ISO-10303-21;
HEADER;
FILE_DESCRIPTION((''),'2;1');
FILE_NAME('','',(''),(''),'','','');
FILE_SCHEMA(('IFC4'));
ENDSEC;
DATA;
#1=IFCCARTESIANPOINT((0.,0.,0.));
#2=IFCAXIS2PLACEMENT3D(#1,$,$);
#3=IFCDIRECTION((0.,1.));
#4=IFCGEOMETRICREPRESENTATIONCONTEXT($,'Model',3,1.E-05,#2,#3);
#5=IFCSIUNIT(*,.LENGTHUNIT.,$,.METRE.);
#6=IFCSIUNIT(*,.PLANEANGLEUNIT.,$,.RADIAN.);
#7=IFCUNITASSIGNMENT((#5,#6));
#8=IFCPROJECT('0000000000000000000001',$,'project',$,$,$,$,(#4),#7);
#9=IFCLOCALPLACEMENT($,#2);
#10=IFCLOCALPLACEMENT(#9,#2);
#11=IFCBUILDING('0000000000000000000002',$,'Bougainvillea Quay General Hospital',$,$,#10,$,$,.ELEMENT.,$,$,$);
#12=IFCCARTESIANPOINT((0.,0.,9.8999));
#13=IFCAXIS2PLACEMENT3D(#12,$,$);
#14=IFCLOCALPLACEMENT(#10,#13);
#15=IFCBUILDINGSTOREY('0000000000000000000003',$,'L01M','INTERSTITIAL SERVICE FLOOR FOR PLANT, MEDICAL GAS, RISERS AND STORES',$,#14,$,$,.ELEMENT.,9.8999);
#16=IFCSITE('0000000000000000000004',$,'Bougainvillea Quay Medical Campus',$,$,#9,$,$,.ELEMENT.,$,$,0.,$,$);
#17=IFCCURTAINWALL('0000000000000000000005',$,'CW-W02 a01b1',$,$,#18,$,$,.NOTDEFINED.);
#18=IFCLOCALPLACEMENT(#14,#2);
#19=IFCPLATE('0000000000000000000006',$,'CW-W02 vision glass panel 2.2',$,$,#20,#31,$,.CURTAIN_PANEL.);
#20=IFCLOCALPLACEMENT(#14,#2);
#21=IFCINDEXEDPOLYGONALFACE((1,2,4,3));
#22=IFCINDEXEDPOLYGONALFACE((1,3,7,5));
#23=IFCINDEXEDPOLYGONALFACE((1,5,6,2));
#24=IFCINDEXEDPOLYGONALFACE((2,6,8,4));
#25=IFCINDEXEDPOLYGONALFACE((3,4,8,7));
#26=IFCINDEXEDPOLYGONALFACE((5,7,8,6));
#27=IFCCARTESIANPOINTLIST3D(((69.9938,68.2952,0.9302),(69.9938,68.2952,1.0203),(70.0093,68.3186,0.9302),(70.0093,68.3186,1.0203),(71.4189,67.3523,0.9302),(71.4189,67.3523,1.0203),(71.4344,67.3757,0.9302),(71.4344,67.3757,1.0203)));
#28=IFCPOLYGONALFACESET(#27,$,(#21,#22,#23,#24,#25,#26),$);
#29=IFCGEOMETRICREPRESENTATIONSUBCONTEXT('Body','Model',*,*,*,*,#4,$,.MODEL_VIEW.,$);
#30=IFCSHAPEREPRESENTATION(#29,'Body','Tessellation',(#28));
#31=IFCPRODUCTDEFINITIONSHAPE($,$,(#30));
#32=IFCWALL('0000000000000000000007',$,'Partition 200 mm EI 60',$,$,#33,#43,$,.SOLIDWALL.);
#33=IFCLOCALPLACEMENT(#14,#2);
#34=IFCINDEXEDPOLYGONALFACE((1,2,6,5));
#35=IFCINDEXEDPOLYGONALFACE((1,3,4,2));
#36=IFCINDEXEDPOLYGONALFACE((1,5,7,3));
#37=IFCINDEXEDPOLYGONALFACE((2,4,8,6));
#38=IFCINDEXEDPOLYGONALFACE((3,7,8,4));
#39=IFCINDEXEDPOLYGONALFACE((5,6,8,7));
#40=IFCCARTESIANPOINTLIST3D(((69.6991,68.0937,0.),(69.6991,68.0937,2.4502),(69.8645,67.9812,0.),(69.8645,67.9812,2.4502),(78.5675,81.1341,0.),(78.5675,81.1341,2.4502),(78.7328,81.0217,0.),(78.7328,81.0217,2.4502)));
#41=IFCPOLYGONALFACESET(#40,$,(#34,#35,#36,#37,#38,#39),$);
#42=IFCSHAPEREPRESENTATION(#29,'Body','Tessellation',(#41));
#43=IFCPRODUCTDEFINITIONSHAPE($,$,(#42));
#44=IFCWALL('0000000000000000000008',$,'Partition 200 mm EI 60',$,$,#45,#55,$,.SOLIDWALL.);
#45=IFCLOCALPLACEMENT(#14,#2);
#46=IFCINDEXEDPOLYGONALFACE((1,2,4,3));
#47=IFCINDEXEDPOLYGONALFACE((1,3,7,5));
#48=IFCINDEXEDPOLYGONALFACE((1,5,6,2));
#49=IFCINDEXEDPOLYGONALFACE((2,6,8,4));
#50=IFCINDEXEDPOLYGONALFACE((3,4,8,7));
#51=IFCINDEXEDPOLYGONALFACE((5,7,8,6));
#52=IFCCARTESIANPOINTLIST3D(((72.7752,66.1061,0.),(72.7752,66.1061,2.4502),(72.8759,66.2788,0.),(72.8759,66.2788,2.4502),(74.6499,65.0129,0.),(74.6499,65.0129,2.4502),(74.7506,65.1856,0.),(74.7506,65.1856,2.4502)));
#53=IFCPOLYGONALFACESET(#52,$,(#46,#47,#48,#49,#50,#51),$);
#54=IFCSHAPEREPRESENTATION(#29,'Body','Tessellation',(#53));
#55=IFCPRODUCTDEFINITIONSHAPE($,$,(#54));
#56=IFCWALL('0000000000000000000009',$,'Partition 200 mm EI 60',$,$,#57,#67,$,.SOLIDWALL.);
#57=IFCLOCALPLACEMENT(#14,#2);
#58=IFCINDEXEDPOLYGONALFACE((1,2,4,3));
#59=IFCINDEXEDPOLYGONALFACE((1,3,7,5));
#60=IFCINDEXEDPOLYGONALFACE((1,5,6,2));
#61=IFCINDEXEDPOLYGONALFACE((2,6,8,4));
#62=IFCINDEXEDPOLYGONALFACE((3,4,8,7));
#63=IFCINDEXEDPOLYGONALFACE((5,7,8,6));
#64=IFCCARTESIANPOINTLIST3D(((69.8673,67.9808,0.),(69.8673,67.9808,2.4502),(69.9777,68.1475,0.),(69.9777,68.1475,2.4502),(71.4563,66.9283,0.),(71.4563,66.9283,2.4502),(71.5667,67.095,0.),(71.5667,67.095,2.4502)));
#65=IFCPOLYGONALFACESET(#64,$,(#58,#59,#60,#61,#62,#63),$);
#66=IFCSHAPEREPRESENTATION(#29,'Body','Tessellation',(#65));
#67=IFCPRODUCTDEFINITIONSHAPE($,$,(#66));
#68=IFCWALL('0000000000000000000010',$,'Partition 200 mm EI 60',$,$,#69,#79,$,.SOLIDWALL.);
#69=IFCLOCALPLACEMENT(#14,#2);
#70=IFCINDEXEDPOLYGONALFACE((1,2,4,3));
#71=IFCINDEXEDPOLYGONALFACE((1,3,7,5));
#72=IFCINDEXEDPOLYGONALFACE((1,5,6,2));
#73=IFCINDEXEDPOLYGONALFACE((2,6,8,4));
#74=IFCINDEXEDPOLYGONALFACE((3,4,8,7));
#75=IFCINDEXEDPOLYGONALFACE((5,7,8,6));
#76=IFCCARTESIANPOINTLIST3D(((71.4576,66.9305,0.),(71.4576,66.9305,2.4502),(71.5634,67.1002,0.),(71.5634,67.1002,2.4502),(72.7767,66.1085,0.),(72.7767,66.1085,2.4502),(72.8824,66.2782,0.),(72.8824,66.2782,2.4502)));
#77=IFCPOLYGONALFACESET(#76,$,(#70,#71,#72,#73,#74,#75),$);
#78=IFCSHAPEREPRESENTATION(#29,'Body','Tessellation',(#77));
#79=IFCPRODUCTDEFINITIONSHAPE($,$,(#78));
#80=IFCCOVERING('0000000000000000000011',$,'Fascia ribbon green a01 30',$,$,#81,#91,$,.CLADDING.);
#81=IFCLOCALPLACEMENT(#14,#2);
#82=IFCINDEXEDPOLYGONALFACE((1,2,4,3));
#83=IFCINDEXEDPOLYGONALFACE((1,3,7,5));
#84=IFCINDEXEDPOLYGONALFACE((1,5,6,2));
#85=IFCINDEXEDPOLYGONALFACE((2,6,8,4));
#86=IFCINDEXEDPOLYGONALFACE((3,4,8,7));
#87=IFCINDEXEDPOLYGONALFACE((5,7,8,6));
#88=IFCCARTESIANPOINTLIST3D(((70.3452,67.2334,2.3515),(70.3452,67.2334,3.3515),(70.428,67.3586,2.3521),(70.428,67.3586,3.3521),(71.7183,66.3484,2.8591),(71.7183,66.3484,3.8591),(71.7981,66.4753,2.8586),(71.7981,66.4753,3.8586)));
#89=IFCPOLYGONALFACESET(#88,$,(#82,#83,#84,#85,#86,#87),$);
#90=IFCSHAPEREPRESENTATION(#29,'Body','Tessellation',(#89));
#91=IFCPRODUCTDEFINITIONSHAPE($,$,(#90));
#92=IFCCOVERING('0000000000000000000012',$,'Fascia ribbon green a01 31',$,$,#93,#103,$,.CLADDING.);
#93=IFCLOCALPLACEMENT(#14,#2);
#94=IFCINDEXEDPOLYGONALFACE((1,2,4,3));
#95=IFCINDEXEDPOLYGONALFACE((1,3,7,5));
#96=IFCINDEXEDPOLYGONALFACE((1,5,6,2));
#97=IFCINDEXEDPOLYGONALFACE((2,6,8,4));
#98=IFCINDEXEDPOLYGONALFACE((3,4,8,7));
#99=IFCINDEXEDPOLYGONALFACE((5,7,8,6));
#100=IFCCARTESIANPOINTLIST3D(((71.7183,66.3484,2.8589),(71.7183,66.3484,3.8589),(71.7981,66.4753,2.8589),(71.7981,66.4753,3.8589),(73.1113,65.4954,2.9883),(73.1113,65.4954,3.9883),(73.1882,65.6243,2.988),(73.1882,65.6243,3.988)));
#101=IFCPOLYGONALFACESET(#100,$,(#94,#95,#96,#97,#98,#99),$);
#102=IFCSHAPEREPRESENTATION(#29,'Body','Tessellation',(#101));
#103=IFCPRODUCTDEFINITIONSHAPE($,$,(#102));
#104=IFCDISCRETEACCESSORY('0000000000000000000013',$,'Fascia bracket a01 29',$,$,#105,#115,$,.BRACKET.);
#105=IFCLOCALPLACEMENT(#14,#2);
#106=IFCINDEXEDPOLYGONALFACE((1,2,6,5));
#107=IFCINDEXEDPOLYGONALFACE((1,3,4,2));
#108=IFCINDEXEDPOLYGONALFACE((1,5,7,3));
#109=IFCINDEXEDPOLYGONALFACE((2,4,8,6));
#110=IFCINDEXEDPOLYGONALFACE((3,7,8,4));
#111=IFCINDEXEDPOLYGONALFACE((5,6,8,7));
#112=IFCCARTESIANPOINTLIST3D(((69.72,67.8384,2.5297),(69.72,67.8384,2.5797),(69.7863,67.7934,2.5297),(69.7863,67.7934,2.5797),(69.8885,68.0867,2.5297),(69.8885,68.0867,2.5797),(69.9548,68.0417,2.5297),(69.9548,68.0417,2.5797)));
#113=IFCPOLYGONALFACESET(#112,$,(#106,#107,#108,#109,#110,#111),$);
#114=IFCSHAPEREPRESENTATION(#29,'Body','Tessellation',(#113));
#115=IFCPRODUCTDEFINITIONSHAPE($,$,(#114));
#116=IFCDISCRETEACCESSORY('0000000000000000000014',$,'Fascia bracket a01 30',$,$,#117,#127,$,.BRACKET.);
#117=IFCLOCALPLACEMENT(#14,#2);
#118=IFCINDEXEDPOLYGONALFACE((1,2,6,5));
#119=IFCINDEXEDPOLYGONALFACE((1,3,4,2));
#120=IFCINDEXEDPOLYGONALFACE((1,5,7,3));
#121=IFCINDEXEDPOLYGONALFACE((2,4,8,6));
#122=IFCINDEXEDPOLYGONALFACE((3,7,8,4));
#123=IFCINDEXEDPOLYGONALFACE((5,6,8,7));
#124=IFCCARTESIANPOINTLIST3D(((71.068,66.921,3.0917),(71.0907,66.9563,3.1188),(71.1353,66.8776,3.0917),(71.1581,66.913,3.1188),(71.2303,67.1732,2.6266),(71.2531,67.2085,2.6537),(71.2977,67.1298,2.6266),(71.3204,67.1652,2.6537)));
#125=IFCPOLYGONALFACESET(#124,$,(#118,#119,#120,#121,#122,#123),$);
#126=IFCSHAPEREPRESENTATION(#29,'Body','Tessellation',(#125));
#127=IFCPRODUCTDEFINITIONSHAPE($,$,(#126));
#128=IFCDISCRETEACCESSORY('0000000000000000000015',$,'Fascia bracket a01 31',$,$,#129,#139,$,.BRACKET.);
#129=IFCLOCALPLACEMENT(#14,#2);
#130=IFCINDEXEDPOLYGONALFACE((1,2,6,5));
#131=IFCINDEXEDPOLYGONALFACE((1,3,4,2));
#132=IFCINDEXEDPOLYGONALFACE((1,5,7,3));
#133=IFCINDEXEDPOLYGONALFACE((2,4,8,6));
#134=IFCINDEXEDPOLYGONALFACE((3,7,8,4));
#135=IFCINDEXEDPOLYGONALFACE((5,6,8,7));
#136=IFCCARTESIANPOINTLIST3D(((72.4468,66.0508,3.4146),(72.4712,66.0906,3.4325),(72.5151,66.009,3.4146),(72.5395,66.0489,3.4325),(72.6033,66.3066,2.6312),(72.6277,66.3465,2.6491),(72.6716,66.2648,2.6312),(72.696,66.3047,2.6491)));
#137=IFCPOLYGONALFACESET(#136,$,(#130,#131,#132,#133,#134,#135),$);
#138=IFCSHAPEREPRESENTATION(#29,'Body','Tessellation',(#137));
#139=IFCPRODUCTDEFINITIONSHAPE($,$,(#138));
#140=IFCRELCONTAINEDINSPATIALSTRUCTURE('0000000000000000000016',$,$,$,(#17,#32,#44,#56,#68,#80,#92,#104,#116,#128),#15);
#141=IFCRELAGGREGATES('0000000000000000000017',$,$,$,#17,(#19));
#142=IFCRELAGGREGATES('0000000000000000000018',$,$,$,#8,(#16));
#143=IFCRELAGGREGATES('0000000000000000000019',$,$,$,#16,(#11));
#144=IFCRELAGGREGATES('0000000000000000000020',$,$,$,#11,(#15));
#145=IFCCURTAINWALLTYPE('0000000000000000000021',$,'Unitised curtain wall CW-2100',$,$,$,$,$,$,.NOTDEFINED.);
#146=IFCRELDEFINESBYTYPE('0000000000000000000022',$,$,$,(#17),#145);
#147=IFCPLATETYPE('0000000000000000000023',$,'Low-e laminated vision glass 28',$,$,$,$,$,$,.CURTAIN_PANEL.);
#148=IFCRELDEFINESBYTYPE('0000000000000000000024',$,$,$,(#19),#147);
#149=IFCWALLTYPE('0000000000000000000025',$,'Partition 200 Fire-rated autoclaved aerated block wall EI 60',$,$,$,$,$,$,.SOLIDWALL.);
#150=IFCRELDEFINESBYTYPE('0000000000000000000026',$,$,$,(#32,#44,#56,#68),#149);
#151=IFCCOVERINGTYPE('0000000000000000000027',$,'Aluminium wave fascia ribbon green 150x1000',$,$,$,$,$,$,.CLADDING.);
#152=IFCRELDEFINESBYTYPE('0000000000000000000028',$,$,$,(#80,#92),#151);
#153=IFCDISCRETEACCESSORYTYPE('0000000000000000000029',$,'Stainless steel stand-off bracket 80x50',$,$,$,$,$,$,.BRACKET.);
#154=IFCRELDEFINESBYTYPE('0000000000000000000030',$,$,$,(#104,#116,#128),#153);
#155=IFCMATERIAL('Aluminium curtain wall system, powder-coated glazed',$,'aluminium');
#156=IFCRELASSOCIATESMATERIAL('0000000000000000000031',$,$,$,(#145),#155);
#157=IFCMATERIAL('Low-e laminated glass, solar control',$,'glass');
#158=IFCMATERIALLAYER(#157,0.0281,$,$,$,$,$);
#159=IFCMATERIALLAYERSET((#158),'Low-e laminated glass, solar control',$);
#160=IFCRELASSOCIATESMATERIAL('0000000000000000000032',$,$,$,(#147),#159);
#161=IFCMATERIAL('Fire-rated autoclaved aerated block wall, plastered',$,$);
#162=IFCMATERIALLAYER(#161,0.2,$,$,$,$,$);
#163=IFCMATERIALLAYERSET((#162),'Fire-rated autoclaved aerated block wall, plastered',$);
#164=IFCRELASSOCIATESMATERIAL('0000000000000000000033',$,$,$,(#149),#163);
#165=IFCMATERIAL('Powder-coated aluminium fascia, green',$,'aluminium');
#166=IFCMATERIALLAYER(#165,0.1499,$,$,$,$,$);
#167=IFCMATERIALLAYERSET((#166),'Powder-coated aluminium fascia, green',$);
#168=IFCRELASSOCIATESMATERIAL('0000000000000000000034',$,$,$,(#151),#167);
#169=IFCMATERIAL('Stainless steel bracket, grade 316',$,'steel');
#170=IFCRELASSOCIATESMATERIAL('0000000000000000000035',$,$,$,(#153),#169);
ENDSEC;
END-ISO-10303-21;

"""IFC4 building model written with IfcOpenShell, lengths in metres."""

from ifc_helpers import new_model, si_unit, direction, frame, frame_2d, origin, origin_2d, place, context, subcontext, project, spatial, polyline, rectangle, outline, extrude, material, layer, layer_set, material_profile, profile_set, type_object, element, aggregate, save


model = new_model("IFC4")

# Units and contexts
model_context = context("Model", 3, precision=1e-05, world=origin(), true_north=direction((0.0, 1.0)))
body_context = subcontext(model_context, "Body", "Model", "MODEL_VIEW")
ifc_project = project(units=[si_unit("LENGTHUNIT", "METRE"), si_unit("PLANEANGLEUNIT", "RADIAN")], contexts=[model_context])

# Site, building, storey
site_placement = place(None, origin())
site = spatial("IfcSite", under=ifc_project, at=site_placement, Name="Bougainvillea Quay Medical Campus", CompositionType="ELEMENT", RefElevation=0.0)
building_placement = place(site_placement, origin())
building = spatial("IfcBuilding", under=site, at=building_placement, Name="Bougainvillea Quay General Hospital", CompositionType="ELEMENT")
storey_placement = place(building_placement, frame((0.0, 0.0, 9.8999)))
storey = spatial("IfcBuildingStorey", under=building, at=storey_placement, Name="L01M", Description="INTERSTITIAL SERVICE FLOOR FOR PLANT, MEDICAL GAS, RISERS AND STORES", CompositionType="ELEMENT", Elevation=9.8999)

# Curtain wall, plate
ifc_material_1 = material(Name="Aluminium curtain wall system, powder-coated glazed", Category="aluminium")
curtain_wall_type = type_object("IfcCurtainWallType", Name="Unitised curtain wall CW-2100", PredefinedType="NOTDEFINED", material=ifc_material_1)
curtain_wall_placement = place(storey_placement, origin())
curtain_wall = element("IfcCurtainWall", 1, at=curtain_wall_placement, inside=storey, type_object=curtain_wall_type, Name="CW-W02 a01b1", PredefinedType="NOTDEFINED")
ifc_material_2 = material(Name="Low-e laminated glass, solar control", Category="glass")
ifc_layer_1 = layer(ifc_material_2, 0.0281)
ifc_layer_set_1 = layer_set([ifc_layer_1], Name="Low-e laminated glass, solar control")
plate_type_1 = type_object("IfcPlateType", Name="Low-e laminated vision glass 28", PredefinedType="CURTAIN_PANEL", material=ifc_layer_set_1)
plate_1_placement = place(storey_placement, frame((70.7141, 67.8354, 0.9302), z_axis=(0.0, 0.0, 1.0), x_axis=(-0.833968, 0.551813, 0.0)))
plate_1 = element("IfcPlate", 2, at=plate_1_placement, type_object=plate_type_1, Name="CW-W02 vision glass panel 2.2", PredefinedType="CURTAIN_PANEL", context=body_context, shape_type="SweptSolid", body=[
    extrude(rectangle(XDim=1.7087, YDim=0.0281, at=origin_2d()), origin(), (0.0, 0.0, 1.0), 0.0901),
])
aggregate(curtain_wall, [plate_1])

# Walls
ifc_material_3 = material(Name="Fire-rated autoclaved aerated block wall, plastered")
ifc_layer_2 = layer(ifc_material_3, 0.2)
ifc_layer_set_2 = layer_set([ifc_layer_2], Name="Fire-rated autoclaved aerated block wall, plastered")
wall_type = type_object("IfcWallType", Name="Partition 200 Fire-rated autoclaved aerated block wall EI 60", PredefinedType="SOLIDWALL", material=ifc_layer_set_2)
wall_1_placement = place(storey_placement, frame((69.7817, 68.0374, 0.0), z_axis=(0.0, 0.0, 1.0), x_axis=(0.562347, 0.826901, 0.0)))
element("IfcWall", 3, at=wall_1_placement, inside=storey, type_object=wall_type, Name="Partition 200 mm EI 60", PredefinedType="SOLIDWALL", context=body_context, shape_type="SweptSolid", body=[
    extrude(rectangle(XDim=15.7703, YDim=0.2, at=frame_2d((7.8853, 0.0))), origin(), (0.0, 0.0, 1.0), 2.4502),
])
wall_2_placement = place(storey_placement, frame((72.8257, 66.1924, 0.0), z_axis=(0.0, 0.0, 1.0), x_axis=(0.863848, -0.503752, 0.0)))
element("IfcWall", 4, at=wall_2_placement, inside=storey, type_object=wall_type, Name="Partition 200 mm EI 60", PredefinedType="SOLIDWALL", context=body_context, shape_type="SweptSolid", body=[
    extrude(rectangle(XDim=2.1702, YDim=0.2, at=frame_2d((1.085, 0.0))), origin(), (0.0, 0.0, 1.0), 2.4502),
])
wall_3_placement = place(storey_placement, frame((69.9224, 68.0642, 0.0), z_axis=(0.0, 0.0, 1.0), x_axis=(0.833721, -0.552185, 0.0)))
element("IfcWall", 5, at=wall_3_placement, inside=storey, type_object=wall_type, Name="Partition 200 mm EI 60", PredefinedType="SOLIDWALL", context=body_context, shape_type="SweptSolid", body=[
    extrude(rectangle(XDim=1.906, YDim=0.2, at=frame_2d((0.9531, 0.0))), origin(), (0.0, 0.0, 1.0), 2.4502),
])
wall_4_placement = place(storey_placement, frame((71.5105, 67.0154, 0.0), z_axis=(0.0, 0.0, 1.0), x_axis=(0.848695, -0.528883, 0.0)))
element("IfcWall", 6, at=wall_4_placement, inside=storey, type_object=wall_type, Name="Partition 200 mm EI 60", PredefinedType="SOLIDWALL", context=body_context, shape_type="SweptSolid", body=[
    extrude(rectangle(XDim=1.5542, YDim=0.2, at=frame_2d((0.7771, 0.0))), origin(), (0.0, 0.0, 1.0), 2.4502),
])

# Coverings
ifc_material_4 = material(Name="Powder-coated aluminium fascia, green", Category="aluminium")
ifc_layer_3 = layer(ifc_material_4, 0.1499)
ifc_layer_set_3 = layer_set([ifc_layer_3], Name="Powder-coated aluminium fascia, green")
covering_type = type_object("IfcCoveringType", Name="Aluminium wave fascia ribbon green 150x1000", PredefinedType="CLADDING", material=ifc_layer_set_3)
covering_1_placement = place(storey_placement, frame((70.428, 67.3586, 2.3521), z_axis=(-0.2494, 0.160794, 0.954958), x_axis=(0.80262, -0.517441, 0.296741)))
element("IfcCovering", 7, at=covering_1_placement, inside=storey, type_object=covering_type, Name="Fascia ribbon green a01 30", PredefinedType="CLADDING", context=body_context, shape_type="SweptSolid", body=[
    extrude(outline(polyline([(0.0, 0.0), (1.7071, 0.0), (1.7088, -0.15), (-0.0018, -0.1501), (0.0, 0.0)])), origin(), (0.296741, -0.000007, 0.954958), 1.0),
])
covering_2_placement = place(storey_placement, frame((71.7981, 66.4753, 2.8589), z_axis=(-0.066921, 0.041947, 0.996876), x_axis=(0.850196, -0.52051, 0.078977)))
element("IfcCovering", 8, at=covering_2_placement, inside=storey, type_object=covering_type, Name="Fascia ribbon green a01 31", PredefinedType="CLADDING", context=body_context, shape_type="SweptSolid", body=[
    extrude(outline(polyline([(0.0, 0.0), (1.6351, 0.0), (1.6368, -0.1501), (-0.0018, -0.15), (0.0, 0.0)])), origin(), (0.078977, -0.00083, 0.996876), 1.0),
])

# Discrete accessories
ifc_material_5 = material(Name="Stainless steel bracket, grade 316", Category="steel")
ifc_material_profile_1 = material_profile(ifc_material_5, rectangle(XDim=0.0801, YDim=0.05, at=origin_2d()))
ifc_profile_set_1 = profile_set([ifc_material_profile_1], Name="Stainless steel bracket, grade 316")
discrete_accessory_type = type_object("IfcDiscreteAccessoryType", Name="Stainless steel stand-off bracket 80x50", PredefinedType="BRACKET", material=ifc_profile_set_1)
discrete_accessory_1_placement = place(storey_placement, frame((69.9216, 68.0642, 2.5547), z_axis=(-0.561442, -0.827516, 0.0), x_axis=(0.827516, -0.561442, 0.0)))
element("IfcDiscreteAccessory", 9, at=discrete_accessory_1_placement, inside=storey, type_object=discrete_accessory_type, Name="Fascia bracket a01 29", PredefinedType="BRACKET", context=body_context, shape_type="SweptSolid", body=[
    extrude(rectangle(XDim=0.0801, YDim=0.05, at=origin_2d()), origin(), (0.0, 0.0, 1.0), 0.3),
])
discrete_accessory_2_placement = place(storey_placement, frame((71.2754, 67.1692, 2.6401), z_axis=(-0.293366, -0.45571, 0.840395), x_axis=(0.840834, -0.541292, 0.0)))
element("IfcDiscreteAccessory", 10, at=discrete_accessory_2_placement, inside=storey, type_object=discrete_accessory_type, Name="Fascia bracket a01 30", PredefinedType="BRACKET", context=body_context, shape_type="SweptSolid", body=[
    extrude(rectangle(XDim=0.0801, YDim=0.05, at=origin_2d()), origin(), (0.0, 0.0, 1.0), 0.5535),
])
discrete_accessory_3_placement = place(storey_placement, frame((72.6497, 66.3057, 2.6401), z_axis=(-0.186548, -0.304996, 0.933904), x_axis=(0.853081, -0.521779, 0.0)))
element("IfcDiscreteAccessory", 11, at=discrete_accessory_3_placement, inside=storey, type_object=discrete_accessory_type, Name="Fascia bracket a01 31", PredefinedType="BRACKET", context=body_context, shape_type="SweptSolid", body=[
    extrude(rectangle(XDim=0.0801, YDim=0.05, at=origin_2d()), origin(), (0.0, 0.0, 1.0), 0.8389),
])

save(model, "model.ifc")
